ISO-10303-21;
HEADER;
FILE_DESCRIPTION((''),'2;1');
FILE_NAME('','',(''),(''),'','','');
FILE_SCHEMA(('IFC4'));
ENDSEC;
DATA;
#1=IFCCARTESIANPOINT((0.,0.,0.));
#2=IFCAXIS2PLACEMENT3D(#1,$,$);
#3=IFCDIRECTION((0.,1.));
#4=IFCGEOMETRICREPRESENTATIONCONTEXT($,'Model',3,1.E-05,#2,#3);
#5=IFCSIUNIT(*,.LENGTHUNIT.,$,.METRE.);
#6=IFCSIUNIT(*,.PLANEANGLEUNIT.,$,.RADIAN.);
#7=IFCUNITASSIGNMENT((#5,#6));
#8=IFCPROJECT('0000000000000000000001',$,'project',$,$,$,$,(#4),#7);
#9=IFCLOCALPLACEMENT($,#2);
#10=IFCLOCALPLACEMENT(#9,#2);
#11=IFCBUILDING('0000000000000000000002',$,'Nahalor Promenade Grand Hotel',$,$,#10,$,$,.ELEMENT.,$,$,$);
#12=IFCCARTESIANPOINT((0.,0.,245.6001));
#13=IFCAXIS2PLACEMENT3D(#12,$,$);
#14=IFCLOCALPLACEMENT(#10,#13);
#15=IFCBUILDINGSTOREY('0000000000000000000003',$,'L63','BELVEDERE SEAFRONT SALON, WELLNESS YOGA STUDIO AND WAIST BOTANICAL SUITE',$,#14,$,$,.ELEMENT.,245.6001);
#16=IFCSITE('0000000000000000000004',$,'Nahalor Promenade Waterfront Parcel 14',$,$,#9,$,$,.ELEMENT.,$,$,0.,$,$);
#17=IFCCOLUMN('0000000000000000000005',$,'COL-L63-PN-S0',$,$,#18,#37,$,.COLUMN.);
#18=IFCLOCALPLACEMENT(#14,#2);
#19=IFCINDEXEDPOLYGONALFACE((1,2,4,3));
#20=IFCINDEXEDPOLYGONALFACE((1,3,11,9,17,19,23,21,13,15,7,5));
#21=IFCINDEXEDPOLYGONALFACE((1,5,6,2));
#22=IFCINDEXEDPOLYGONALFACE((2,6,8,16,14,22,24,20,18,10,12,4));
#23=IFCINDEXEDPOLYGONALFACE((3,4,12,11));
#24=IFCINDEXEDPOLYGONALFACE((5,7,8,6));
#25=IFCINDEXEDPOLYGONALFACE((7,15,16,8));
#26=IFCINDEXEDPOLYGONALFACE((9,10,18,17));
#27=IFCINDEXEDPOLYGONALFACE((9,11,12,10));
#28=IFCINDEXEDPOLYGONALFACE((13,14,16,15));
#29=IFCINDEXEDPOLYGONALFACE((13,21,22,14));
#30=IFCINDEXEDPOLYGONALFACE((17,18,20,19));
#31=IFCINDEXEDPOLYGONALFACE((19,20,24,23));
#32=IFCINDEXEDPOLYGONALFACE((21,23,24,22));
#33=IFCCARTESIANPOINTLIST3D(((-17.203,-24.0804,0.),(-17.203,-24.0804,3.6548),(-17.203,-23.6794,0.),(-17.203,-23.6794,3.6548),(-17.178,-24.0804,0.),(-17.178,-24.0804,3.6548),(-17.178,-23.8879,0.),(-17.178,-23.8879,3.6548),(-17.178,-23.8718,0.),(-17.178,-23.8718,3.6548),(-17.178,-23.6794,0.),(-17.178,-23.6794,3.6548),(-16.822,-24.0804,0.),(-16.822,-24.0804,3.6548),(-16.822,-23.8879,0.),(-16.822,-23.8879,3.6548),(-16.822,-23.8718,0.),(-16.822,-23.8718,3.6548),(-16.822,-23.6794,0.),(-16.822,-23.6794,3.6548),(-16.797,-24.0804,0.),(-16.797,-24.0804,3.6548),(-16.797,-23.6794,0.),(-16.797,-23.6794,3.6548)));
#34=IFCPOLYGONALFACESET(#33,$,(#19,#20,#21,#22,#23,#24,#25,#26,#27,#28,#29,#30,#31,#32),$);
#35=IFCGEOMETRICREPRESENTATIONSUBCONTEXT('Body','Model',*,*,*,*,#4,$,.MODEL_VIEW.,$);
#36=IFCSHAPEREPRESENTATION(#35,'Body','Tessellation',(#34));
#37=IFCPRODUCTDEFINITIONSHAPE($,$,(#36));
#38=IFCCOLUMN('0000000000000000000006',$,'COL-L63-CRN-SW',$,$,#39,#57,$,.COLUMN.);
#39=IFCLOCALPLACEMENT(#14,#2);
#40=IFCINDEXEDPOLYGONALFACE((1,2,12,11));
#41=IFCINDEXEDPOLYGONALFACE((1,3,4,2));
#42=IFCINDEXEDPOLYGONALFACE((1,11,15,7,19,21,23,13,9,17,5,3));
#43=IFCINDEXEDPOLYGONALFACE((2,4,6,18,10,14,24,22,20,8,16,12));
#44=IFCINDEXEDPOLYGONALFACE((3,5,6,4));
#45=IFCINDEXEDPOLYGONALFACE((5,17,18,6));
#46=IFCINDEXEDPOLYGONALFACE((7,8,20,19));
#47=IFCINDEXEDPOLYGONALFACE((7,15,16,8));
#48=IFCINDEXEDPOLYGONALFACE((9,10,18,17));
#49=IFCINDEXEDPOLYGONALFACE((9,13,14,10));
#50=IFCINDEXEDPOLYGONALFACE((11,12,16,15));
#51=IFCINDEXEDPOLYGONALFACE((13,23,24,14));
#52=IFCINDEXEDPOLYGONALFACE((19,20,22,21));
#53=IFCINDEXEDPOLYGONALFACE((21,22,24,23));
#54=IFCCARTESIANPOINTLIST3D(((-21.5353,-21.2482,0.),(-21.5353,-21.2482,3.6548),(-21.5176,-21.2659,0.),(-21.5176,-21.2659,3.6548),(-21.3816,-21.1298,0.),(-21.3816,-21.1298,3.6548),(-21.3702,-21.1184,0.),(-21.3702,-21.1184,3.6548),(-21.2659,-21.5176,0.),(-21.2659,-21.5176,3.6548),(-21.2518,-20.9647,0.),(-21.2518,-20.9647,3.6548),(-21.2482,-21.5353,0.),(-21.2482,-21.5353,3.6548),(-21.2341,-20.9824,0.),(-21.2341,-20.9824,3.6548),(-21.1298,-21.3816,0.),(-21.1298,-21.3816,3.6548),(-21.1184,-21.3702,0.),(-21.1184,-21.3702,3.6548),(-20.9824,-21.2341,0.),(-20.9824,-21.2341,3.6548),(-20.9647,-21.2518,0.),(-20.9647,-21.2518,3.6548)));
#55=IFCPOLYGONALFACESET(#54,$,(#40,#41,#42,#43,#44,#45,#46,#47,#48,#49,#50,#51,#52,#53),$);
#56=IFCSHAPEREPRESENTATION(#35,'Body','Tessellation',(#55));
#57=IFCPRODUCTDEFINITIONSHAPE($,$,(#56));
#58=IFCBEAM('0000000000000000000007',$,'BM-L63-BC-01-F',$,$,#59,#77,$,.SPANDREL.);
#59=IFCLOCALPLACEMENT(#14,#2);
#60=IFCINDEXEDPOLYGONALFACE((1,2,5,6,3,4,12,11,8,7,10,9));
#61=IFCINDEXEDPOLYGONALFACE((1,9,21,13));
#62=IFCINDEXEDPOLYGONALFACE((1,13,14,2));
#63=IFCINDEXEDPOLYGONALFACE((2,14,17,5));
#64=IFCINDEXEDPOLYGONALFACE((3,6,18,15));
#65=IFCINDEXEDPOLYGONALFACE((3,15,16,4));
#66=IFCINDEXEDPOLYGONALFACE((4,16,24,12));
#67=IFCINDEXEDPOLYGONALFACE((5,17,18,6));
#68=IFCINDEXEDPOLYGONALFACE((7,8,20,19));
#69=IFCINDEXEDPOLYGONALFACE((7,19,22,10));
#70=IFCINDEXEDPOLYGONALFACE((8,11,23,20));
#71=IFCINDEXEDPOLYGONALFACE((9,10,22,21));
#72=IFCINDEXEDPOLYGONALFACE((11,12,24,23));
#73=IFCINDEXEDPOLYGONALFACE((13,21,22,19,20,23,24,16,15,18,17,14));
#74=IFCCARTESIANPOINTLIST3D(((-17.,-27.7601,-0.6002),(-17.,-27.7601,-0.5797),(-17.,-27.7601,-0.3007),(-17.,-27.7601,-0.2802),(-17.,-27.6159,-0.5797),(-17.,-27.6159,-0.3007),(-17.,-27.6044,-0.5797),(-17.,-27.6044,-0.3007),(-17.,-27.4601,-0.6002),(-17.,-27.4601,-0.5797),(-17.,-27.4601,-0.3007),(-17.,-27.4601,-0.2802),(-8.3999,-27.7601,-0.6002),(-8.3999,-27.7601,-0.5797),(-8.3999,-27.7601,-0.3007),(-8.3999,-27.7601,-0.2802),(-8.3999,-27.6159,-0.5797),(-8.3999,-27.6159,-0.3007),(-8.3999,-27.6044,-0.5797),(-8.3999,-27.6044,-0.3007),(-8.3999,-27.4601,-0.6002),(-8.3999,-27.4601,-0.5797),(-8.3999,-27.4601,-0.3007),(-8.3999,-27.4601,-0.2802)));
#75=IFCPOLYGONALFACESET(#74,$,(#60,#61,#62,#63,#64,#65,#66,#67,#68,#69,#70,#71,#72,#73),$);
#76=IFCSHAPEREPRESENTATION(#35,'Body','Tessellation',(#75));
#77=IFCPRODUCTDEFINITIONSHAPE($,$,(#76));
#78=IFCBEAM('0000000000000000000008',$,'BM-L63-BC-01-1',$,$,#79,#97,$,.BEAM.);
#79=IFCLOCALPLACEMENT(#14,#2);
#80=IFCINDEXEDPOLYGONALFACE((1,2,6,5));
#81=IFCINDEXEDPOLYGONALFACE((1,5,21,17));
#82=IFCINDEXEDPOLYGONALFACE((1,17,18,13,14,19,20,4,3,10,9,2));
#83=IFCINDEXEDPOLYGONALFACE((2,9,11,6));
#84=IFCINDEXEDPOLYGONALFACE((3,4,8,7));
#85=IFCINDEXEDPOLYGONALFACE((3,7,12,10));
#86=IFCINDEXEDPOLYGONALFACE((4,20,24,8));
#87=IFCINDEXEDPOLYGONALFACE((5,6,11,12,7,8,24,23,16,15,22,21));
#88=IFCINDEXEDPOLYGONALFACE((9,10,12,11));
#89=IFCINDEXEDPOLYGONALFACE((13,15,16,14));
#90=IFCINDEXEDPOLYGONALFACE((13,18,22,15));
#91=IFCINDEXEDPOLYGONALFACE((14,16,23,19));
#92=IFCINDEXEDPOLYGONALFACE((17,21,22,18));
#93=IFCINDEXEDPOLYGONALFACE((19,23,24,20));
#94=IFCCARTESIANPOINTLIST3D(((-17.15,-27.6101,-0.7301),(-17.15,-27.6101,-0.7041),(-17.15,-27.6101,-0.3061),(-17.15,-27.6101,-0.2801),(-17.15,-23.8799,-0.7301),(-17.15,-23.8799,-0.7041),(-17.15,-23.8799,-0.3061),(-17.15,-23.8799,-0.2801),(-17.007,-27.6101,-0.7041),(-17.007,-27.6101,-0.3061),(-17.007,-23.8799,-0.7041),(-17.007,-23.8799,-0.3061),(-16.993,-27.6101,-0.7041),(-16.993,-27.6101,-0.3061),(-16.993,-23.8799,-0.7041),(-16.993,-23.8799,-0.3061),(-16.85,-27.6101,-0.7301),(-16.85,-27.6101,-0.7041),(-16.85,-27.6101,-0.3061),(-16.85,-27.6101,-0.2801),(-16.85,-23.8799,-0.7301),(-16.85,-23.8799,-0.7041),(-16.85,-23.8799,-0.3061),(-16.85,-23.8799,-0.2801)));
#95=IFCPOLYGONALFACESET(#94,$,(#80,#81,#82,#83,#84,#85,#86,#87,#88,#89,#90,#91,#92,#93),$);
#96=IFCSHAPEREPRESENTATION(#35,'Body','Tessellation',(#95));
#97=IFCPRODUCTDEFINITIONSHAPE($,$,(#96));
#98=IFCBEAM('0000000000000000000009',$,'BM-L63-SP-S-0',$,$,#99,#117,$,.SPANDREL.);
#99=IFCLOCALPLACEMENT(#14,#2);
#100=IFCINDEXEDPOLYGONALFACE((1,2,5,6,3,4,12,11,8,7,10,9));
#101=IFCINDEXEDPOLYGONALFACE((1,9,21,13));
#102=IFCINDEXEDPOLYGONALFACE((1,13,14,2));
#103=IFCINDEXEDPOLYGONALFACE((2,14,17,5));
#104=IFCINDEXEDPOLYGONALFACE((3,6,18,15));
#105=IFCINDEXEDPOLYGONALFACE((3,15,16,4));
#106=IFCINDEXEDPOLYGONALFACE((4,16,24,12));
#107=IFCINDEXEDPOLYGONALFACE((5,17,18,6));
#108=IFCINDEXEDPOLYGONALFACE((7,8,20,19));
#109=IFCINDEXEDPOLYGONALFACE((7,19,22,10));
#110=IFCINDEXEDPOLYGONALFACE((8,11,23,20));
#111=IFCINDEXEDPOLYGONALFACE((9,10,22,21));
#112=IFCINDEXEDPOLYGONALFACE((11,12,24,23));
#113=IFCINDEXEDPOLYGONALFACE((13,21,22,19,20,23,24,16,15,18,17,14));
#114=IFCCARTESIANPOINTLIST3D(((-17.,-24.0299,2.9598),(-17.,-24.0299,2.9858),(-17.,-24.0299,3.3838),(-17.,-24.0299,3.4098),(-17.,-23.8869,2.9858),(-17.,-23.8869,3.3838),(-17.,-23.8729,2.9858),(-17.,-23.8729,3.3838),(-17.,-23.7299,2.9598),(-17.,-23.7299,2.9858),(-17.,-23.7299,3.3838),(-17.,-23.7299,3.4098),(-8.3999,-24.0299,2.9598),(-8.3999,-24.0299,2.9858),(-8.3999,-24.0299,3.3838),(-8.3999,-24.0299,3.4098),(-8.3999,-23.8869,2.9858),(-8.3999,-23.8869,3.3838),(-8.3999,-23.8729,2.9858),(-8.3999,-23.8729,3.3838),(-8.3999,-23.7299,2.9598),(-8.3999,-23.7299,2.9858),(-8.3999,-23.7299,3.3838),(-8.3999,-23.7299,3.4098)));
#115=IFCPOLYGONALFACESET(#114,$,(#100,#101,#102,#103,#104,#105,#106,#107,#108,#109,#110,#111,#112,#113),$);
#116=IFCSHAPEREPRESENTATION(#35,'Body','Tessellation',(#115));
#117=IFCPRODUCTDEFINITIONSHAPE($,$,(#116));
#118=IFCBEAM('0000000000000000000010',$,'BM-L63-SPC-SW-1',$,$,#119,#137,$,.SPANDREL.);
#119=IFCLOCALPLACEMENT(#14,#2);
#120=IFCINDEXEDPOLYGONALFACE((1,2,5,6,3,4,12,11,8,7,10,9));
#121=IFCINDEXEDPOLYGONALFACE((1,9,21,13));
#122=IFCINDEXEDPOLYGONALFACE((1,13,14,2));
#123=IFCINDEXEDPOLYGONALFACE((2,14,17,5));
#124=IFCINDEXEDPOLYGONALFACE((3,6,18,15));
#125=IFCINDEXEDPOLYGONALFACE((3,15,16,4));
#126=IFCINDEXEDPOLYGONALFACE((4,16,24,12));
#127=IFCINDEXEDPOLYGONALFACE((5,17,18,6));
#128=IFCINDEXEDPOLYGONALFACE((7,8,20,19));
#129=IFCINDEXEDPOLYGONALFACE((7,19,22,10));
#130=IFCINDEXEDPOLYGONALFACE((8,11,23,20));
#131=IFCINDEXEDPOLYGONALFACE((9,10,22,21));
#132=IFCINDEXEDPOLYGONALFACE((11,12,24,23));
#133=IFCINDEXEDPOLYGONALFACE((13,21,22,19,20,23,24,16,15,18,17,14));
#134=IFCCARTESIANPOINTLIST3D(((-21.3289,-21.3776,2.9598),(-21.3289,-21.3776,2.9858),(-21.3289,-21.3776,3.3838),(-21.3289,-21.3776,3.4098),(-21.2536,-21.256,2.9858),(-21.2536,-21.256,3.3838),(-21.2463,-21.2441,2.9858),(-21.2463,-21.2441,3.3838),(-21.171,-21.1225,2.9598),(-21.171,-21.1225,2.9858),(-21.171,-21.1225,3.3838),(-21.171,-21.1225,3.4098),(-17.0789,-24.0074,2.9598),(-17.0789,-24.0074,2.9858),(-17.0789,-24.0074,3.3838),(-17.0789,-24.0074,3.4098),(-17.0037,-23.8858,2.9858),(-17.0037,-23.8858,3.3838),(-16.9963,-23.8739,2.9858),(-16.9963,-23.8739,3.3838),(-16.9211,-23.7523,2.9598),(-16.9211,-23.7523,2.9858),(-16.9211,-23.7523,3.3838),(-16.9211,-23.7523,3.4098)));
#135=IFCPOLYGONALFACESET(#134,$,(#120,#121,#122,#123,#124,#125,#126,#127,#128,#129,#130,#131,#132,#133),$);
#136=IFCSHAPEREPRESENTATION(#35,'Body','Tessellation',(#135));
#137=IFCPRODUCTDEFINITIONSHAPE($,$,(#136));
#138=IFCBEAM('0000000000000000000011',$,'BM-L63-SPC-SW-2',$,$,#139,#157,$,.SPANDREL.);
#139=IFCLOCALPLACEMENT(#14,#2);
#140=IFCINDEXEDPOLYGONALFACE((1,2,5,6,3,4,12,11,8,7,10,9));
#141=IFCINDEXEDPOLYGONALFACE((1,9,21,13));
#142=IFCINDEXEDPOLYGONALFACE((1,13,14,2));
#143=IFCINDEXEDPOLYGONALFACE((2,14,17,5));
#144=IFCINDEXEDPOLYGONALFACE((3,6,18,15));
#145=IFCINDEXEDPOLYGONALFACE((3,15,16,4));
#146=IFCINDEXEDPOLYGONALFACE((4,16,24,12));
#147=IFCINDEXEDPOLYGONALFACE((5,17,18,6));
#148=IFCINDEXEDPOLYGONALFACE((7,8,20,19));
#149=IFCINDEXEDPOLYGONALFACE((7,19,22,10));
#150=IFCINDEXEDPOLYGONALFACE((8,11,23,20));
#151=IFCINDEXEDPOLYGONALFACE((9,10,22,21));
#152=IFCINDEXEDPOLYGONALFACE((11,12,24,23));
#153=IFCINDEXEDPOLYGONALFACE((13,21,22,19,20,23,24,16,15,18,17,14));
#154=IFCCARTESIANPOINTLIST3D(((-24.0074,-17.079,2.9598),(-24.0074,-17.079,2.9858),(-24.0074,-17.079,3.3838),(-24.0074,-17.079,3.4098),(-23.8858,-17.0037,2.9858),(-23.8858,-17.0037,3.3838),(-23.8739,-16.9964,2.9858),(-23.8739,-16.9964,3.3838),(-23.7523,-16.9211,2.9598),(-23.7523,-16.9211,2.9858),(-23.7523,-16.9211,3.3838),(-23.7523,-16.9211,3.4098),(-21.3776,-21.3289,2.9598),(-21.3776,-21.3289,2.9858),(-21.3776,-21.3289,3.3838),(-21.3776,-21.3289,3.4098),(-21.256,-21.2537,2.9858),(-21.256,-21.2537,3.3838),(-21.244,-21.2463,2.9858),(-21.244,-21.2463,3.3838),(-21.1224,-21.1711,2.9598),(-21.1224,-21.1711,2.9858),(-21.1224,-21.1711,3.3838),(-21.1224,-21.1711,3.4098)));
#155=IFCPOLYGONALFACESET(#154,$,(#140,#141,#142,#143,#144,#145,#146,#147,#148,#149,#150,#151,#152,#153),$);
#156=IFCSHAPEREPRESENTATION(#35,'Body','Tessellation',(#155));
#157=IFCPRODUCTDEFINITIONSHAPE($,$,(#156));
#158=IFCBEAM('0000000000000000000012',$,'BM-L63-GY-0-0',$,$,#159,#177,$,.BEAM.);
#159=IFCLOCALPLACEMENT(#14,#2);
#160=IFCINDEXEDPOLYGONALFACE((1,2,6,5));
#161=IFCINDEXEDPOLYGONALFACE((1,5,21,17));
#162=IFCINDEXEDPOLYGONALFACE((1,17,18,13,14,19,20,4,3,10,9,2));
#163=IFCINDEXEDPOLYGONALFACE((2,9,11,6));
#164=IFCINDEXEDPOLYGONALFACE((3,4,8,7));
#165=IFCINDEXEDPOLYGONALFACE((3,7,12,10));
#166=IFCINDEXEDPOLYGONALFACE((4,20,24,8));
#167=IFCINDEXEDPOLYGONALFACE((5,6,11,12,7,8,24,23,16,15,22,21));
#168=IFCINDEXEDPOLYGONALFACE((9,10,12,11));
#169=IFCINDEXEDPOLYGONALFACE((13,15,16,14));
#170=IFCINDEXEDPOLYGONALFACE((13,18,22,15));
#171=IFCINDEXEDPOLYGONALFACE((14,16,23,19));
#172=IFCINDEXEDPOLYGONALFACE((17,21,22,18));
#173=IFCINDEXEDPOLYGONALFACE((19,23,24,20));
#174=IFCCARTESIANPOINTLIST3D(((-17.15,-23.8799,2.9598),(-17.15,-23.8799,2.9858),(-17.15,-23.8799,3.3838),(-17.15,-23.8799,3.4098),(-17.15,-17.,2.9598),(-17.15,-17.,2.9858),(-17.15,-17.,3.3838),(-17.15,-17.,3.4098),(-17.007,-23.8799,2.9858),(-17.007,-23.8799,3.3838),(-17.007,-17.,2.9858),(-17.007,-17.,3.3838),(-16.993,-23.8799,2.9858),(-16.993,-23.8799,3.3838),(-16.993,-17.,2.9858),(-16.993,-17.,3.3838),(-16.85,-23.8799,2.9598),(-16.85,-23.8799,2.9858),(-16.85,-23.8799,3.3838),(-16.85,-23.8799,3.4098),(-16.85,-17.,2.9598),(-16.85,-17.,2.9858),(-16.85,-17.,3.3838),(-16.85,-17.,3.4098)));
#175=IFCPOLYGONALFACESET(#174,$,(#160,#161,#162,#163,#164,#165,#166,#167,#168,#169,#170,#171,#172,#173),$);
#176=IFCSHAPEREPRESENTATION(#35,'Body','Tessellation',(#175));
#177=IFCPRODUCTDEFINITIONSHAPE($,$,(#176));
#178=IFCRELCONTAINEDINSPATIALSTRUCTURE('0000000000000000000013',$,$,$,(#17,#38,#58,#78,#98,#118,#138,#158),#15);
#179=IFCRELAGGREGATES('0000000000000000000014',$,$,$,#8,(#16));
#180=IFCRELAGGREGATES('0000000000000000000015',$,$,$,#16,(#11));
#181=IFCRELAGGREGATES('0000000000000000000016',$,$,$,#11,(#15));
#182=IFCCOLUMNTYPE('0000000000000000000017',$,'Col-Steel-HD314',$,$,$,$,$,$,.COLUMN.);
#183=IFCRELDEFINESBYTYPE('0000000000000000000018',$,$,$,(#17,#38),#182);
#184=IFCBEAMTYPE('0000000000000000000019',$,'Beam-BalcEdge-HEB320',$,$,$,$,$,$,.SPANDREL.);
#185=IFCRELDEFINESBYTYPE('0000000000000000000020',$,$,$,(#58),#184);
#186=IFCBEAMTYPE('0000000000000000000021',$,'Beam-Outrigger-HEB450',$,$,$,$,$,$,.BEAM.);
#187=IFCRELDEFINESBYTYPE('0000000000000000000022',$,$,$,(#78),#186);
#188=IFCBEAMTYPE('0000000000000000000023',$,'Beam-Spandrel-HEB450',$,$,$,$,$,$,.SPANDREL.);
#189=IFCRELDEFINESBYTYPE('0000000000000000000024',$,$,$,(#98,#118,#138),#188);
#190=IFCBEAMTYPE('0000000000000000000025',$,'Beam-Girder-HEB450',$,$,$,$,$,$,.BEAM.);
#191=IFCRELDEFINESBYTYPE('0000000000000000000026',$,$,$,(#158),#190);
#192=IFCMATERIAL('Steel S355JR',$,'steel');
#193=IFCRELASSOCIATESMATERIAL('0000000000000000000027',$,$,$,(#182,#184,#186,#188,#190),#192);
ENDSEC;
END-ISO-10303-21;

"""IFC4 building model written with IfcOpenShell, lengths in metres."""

from ifc_helpers import new_model, si_unit, direction, frame, origin, origin_2d, place, context, subcontext, project, spatial, i_section, extrude, source, transform, mapped, material, material_profile, profile_set, type_object, element, save


model = new_model("IFC4")

# Units and contexts
model_context = context("Model", 3, precision=1e-05, world=origin(), true_north=direction((0.0, 1.0)))
body_context = subcontext(model_context, "Body", "Model", "MODEL_VIEW")
ifc_project = project(units=[si_unit("LENGTHUNIT", "METRE"), si_unit("PLANEANGLEUNIT", "RADIAN")], contexts=[model_context])

# Site, building, storey
site_placement = place(None, origin())
site = spatial("IfcSite", under=ifc_project, at=site_placement, Name="Nahalor Promenade Waterfront Parcel 14", CompositionType="ELEMENT", RefElevation=0.0)
building_placement = place(site_placement, origin())
building = spatial("IfcBuilding", under=site, at=building_placement, Name="Nahalor Promenade Grand Hotel", CompositionType="ELEMENT")
storey_placement = place(building_placement, frame((0.0, 0.0, 245.6001)))
storey = spatial("IfcBuildingStorey", under=building, at=storey_placement, Name="L63", Description="BELVEDERE SEAFRONT SALON, WELLNESS YOGA STUDIO AND WAIST BOTANICAL SUITE", CompositionType="ELEMENT", Elevation=245.6001)

# Columns
ifc_material_1 = material(Name="Steel S355JR", Category="steel")
ifc_material_profile_1 = material_profile(ifc_material_1, i_section(OverallWidth=0.401, OverallDepth=0.406, WebThickness=0.0161, FlangeThickness=0.025, at=origin_2d()), Name="HD 400x314")
ifc_profile_set_1 = profile_set([ifc_material_profile_1], Name="Steel S355JR")
column_type = type_object("IfcColumnType", Name="Col-Steel-HD314", PredefinedType="COLUMN", material=ifc_profile_set_1)
shared_shape_1 = source(origin(), body_context, "Body", "SweptSolid", [
    extrude(i_section(OverallWidth=0.401, OverallDepth=0.406, WebThickness=0.0161, FlangeThickness=0.025, at=origin_2d()), origin(), (0.0, 0.0, 1.0), 3.6548),
])
for number, where, z_axis, x_axis, name in (
    (1, (-17.0, -23.8799, 0.0), (0.0, 0.0, 1.0), (0.0, 1.0, 0.0), "COL-L63-PN-S0"),
    (2, (-21.25, -21.25, 0.0), (0.0, 0.0, 1.0), (0.707107, 0.707107, 0.0), "COL-L63-CRN-SW"),
):
    element("IfcColumn", number, at=place(storey_placement, frame(where, z_axis=z_axis, x_axis=x_axis)), inside=storey, type_object=column_type, Name=name, PredefinedType="COLUMN", context=body_context, shape_type="MappedRepresentation", body=[
        mapped(shared_shape_1, transform((0.0, 0.0, 0.0), scale=1.0)),
    ])

# Beams
ifc_material_profile_2 = material_profile(ifc_material_1, i_section(OverallWidth=0.3, OverallDepth=0.32, WebThickness=0.0115, FlangeThickness=0.0205, at=origin_2d()), Name="HEB 320")
ifc_profile_set_2 = profile_set([ifc_material_profile_2], Name="Steel S355JR")
beam_type_1 = type_object("IfcBeamType", Name="Beam-BalcEdge-HEB320", PredefinedType="SPANDREL", material=ifc_profile_set_2)
shared_shape_2 = source(origin(), body_context, "Body", "SweptSolid", [
    extrude(i_section(OverallWidth=0.3, OverallDepth=0.32, WebThickness=0.0115, FlangeThickness=0.0205, at=origin_2d()), origin(), (0.0, 0.0, 1.0), 8.6001),
])
beam_1_placement = place(storey_placement, frame((-17.0, -27.6101, -0.4402), z_axis=(1.0, 0.0, 0.0), x_axis=(0.0, 1.0, 0.0)))
element("IfcBeam", 3, at=beam_1_placement, inside=storey, type_object=beam_type_1, Name="BM-L63-BC-01-F", PredefinedType="SPANDREL", context=body_context, shape_type="MappedRepresentation", body=[
    mapped(shared_shape_2, transform((0.0, 0.0, 0.0), scale=1.0)),
])
ifc_material_profile_3 = material_profile(ifc_material_1, i_section(OverallWidth=0.3, OverallDepth=0.45, WebThickness=0.014, FlangeThickness=0.026, at=origin_2d()), Name="HEB 450")
ifc_profile_set_3 = profile_set([ifc_material_profile_3], Name="Steel S355JR")
beam_type_2 = type_object("IfcBeamType", Name="Beam-Outrigger-HEB450", PredefinedType="BEAM", material=ifc_profile_set_3)
shared_shape_3 = source(origin(), body_context, "Body", "SweptSolid", [
    extrude(i_section(OverallWidth=0.3, OverallDepth=0.45, WebThickness=0.014, FlangeThickness=0.026, at=origin_2d()), origin(), (0.0, 0.0, 1.0), 3.7302),
])
beam_2_placement = place(storey_placement, frame((-17.0, -27.6101, -0.5051), z_axis=(0.0, 1.0, 0.0), x_axis=(-1.0, 0.0, 0.0)))
element("IfcBeam", 4, at=beam_2_placement, inside=storey, type_object=beam_type_2, Name="BM-L63-BC-01-1", PredefinedType="BEAM", context=body_context, shape_type="MappedRepresentation", body=[
    mapped(shared_shape_3, transform((0.0, 0.0, 0.0), scale=1.0)),
])
ifc_material_profile_4 = material_profile(ifc_material_1, i_section(OverallWidth=0.3, OverallDepth=0.45, WebThickness=0.014, FlangeThickness=0.026, at=origin_2d()), Name="HEB 450")
ifc_profile_set_4 = profile_set([ifc_material_profile_4], Name="Steel S355JR")
beam_type_3 = type_object("IfcBeamType", Name="Beam-Spandrel-HEB450", PredefinedType="SPANDREL", material=ifc_profile_set_4)
shared_shape_4 = source(origin(), body_context, "Body", "SweptSolid", [
    extrude(i_section(OverallWidth=0.3, OverallDepth=0.45, WebThickness=0.014, FlangeThickness=0.026, at=origin_2d()), origin(), (0.0, 0.0, 1.0), 8.6001),
])
beam_3_placement = place(storey_placement, frame((-17.0, -23.8799, 3.1848), z_axis=(1.0, 0.0, 0.0), x_axis=(0.0, 1.0, 0.0)))
element("IfcBeam", 5, at=beam_3_placement, inside=storey, type_object=beam_type_3, Name="BM-L63-SP-S-0", PredefinedType="SPANDREL", context=body_context, shape_type="MappedRepresentation", body=[
    mapped(shared_shape_4, transform((0.0, 0.0, 0.0), scale=1.0)),
])
shared_shape_5 = source(origin(), body_context, "Body", "SweptSolid", [
    extrude(i_section(OverallWidth=0.3, OverallDepth=0.45, WebThickness=0.014, FlangeThickness=0.026, at=origin_2d()), origin(), (0.0, 0.0, 1.0), 4.9978),
])
for number, where, z_axis, x_axis, name in (
    (6, (-17.0, -23.8799, 3.1848), (-0.850361, 0.5262, 0.0), (-0.5262, -0.850361, 0.0), "BM-L63-SPC-SW-1"),
    (7, (-21.25, -21.25, 3.1848), (-0.5262, 0.850361, 0.0), (-0.850361, -0.5262, 0.0), "BM-L63-SPC-SW-2"),
):
    element("IfcBeam", number, at=place(storey_placement, frame(where, z_axis=z_axis, x_axis=x_axis)), inside=storey, type_object=beam_type_3, Name=name, PredefinedType="SPANDREL", context=body_context, shape_type="MappedRepresentation", body=[
        mapped(shared_shape_5, transform((0.0, 0.0, 0.0), scale=1.0)),
    ])
ifc_material_profile_5 = material_profile(ifc_material_1, i_section(OverallWidth=0.3, OverallDepth=0.45, WebThickness=0.014, FlangeThickness=0.026, at=origin_2d()), Name="HEB 450")
ifc_profile_set_5 = profile_set([ifc_material_profile_5], Name="Steel S355JR")
beam_type_4 = type_object("IfcBeamType", Name="Beam-Girder-HEB450", PredefinedType="BEAM", material=ifc_profile_set_5)
shared_shape_6 = source(origin(), body_context, "Body", "SweptSolid", [
    extrude(i_section(OverallWidth=0.3, OverallDepth=0.45, WebThickness=0.014, FlangeThickness=0.026, at=origin_2d()), origin(), (0.0, 0.0, 1.0), 6.8799),
])
beam_4_placement = place(storey_placement, frame((-17.0, -23.8799, 3.1848), z_axis=(0.0, 1.0, 0.0), x_axis=(-1.0, 0.0, 0.0)))
element("IfcBeam", 8, at=beam_4_placement, inside=storey, type_object=beam_type_4, Name="BM-L63-GY-0-0", PredefinedType="BEAM", context=body_context, shape_type="MappedRepresentation", body=[
    mapped(shared_shape_6, transform((0.0, 0.0, 0.0), scale=1.0)),
])

save(model, "model.ifc")
